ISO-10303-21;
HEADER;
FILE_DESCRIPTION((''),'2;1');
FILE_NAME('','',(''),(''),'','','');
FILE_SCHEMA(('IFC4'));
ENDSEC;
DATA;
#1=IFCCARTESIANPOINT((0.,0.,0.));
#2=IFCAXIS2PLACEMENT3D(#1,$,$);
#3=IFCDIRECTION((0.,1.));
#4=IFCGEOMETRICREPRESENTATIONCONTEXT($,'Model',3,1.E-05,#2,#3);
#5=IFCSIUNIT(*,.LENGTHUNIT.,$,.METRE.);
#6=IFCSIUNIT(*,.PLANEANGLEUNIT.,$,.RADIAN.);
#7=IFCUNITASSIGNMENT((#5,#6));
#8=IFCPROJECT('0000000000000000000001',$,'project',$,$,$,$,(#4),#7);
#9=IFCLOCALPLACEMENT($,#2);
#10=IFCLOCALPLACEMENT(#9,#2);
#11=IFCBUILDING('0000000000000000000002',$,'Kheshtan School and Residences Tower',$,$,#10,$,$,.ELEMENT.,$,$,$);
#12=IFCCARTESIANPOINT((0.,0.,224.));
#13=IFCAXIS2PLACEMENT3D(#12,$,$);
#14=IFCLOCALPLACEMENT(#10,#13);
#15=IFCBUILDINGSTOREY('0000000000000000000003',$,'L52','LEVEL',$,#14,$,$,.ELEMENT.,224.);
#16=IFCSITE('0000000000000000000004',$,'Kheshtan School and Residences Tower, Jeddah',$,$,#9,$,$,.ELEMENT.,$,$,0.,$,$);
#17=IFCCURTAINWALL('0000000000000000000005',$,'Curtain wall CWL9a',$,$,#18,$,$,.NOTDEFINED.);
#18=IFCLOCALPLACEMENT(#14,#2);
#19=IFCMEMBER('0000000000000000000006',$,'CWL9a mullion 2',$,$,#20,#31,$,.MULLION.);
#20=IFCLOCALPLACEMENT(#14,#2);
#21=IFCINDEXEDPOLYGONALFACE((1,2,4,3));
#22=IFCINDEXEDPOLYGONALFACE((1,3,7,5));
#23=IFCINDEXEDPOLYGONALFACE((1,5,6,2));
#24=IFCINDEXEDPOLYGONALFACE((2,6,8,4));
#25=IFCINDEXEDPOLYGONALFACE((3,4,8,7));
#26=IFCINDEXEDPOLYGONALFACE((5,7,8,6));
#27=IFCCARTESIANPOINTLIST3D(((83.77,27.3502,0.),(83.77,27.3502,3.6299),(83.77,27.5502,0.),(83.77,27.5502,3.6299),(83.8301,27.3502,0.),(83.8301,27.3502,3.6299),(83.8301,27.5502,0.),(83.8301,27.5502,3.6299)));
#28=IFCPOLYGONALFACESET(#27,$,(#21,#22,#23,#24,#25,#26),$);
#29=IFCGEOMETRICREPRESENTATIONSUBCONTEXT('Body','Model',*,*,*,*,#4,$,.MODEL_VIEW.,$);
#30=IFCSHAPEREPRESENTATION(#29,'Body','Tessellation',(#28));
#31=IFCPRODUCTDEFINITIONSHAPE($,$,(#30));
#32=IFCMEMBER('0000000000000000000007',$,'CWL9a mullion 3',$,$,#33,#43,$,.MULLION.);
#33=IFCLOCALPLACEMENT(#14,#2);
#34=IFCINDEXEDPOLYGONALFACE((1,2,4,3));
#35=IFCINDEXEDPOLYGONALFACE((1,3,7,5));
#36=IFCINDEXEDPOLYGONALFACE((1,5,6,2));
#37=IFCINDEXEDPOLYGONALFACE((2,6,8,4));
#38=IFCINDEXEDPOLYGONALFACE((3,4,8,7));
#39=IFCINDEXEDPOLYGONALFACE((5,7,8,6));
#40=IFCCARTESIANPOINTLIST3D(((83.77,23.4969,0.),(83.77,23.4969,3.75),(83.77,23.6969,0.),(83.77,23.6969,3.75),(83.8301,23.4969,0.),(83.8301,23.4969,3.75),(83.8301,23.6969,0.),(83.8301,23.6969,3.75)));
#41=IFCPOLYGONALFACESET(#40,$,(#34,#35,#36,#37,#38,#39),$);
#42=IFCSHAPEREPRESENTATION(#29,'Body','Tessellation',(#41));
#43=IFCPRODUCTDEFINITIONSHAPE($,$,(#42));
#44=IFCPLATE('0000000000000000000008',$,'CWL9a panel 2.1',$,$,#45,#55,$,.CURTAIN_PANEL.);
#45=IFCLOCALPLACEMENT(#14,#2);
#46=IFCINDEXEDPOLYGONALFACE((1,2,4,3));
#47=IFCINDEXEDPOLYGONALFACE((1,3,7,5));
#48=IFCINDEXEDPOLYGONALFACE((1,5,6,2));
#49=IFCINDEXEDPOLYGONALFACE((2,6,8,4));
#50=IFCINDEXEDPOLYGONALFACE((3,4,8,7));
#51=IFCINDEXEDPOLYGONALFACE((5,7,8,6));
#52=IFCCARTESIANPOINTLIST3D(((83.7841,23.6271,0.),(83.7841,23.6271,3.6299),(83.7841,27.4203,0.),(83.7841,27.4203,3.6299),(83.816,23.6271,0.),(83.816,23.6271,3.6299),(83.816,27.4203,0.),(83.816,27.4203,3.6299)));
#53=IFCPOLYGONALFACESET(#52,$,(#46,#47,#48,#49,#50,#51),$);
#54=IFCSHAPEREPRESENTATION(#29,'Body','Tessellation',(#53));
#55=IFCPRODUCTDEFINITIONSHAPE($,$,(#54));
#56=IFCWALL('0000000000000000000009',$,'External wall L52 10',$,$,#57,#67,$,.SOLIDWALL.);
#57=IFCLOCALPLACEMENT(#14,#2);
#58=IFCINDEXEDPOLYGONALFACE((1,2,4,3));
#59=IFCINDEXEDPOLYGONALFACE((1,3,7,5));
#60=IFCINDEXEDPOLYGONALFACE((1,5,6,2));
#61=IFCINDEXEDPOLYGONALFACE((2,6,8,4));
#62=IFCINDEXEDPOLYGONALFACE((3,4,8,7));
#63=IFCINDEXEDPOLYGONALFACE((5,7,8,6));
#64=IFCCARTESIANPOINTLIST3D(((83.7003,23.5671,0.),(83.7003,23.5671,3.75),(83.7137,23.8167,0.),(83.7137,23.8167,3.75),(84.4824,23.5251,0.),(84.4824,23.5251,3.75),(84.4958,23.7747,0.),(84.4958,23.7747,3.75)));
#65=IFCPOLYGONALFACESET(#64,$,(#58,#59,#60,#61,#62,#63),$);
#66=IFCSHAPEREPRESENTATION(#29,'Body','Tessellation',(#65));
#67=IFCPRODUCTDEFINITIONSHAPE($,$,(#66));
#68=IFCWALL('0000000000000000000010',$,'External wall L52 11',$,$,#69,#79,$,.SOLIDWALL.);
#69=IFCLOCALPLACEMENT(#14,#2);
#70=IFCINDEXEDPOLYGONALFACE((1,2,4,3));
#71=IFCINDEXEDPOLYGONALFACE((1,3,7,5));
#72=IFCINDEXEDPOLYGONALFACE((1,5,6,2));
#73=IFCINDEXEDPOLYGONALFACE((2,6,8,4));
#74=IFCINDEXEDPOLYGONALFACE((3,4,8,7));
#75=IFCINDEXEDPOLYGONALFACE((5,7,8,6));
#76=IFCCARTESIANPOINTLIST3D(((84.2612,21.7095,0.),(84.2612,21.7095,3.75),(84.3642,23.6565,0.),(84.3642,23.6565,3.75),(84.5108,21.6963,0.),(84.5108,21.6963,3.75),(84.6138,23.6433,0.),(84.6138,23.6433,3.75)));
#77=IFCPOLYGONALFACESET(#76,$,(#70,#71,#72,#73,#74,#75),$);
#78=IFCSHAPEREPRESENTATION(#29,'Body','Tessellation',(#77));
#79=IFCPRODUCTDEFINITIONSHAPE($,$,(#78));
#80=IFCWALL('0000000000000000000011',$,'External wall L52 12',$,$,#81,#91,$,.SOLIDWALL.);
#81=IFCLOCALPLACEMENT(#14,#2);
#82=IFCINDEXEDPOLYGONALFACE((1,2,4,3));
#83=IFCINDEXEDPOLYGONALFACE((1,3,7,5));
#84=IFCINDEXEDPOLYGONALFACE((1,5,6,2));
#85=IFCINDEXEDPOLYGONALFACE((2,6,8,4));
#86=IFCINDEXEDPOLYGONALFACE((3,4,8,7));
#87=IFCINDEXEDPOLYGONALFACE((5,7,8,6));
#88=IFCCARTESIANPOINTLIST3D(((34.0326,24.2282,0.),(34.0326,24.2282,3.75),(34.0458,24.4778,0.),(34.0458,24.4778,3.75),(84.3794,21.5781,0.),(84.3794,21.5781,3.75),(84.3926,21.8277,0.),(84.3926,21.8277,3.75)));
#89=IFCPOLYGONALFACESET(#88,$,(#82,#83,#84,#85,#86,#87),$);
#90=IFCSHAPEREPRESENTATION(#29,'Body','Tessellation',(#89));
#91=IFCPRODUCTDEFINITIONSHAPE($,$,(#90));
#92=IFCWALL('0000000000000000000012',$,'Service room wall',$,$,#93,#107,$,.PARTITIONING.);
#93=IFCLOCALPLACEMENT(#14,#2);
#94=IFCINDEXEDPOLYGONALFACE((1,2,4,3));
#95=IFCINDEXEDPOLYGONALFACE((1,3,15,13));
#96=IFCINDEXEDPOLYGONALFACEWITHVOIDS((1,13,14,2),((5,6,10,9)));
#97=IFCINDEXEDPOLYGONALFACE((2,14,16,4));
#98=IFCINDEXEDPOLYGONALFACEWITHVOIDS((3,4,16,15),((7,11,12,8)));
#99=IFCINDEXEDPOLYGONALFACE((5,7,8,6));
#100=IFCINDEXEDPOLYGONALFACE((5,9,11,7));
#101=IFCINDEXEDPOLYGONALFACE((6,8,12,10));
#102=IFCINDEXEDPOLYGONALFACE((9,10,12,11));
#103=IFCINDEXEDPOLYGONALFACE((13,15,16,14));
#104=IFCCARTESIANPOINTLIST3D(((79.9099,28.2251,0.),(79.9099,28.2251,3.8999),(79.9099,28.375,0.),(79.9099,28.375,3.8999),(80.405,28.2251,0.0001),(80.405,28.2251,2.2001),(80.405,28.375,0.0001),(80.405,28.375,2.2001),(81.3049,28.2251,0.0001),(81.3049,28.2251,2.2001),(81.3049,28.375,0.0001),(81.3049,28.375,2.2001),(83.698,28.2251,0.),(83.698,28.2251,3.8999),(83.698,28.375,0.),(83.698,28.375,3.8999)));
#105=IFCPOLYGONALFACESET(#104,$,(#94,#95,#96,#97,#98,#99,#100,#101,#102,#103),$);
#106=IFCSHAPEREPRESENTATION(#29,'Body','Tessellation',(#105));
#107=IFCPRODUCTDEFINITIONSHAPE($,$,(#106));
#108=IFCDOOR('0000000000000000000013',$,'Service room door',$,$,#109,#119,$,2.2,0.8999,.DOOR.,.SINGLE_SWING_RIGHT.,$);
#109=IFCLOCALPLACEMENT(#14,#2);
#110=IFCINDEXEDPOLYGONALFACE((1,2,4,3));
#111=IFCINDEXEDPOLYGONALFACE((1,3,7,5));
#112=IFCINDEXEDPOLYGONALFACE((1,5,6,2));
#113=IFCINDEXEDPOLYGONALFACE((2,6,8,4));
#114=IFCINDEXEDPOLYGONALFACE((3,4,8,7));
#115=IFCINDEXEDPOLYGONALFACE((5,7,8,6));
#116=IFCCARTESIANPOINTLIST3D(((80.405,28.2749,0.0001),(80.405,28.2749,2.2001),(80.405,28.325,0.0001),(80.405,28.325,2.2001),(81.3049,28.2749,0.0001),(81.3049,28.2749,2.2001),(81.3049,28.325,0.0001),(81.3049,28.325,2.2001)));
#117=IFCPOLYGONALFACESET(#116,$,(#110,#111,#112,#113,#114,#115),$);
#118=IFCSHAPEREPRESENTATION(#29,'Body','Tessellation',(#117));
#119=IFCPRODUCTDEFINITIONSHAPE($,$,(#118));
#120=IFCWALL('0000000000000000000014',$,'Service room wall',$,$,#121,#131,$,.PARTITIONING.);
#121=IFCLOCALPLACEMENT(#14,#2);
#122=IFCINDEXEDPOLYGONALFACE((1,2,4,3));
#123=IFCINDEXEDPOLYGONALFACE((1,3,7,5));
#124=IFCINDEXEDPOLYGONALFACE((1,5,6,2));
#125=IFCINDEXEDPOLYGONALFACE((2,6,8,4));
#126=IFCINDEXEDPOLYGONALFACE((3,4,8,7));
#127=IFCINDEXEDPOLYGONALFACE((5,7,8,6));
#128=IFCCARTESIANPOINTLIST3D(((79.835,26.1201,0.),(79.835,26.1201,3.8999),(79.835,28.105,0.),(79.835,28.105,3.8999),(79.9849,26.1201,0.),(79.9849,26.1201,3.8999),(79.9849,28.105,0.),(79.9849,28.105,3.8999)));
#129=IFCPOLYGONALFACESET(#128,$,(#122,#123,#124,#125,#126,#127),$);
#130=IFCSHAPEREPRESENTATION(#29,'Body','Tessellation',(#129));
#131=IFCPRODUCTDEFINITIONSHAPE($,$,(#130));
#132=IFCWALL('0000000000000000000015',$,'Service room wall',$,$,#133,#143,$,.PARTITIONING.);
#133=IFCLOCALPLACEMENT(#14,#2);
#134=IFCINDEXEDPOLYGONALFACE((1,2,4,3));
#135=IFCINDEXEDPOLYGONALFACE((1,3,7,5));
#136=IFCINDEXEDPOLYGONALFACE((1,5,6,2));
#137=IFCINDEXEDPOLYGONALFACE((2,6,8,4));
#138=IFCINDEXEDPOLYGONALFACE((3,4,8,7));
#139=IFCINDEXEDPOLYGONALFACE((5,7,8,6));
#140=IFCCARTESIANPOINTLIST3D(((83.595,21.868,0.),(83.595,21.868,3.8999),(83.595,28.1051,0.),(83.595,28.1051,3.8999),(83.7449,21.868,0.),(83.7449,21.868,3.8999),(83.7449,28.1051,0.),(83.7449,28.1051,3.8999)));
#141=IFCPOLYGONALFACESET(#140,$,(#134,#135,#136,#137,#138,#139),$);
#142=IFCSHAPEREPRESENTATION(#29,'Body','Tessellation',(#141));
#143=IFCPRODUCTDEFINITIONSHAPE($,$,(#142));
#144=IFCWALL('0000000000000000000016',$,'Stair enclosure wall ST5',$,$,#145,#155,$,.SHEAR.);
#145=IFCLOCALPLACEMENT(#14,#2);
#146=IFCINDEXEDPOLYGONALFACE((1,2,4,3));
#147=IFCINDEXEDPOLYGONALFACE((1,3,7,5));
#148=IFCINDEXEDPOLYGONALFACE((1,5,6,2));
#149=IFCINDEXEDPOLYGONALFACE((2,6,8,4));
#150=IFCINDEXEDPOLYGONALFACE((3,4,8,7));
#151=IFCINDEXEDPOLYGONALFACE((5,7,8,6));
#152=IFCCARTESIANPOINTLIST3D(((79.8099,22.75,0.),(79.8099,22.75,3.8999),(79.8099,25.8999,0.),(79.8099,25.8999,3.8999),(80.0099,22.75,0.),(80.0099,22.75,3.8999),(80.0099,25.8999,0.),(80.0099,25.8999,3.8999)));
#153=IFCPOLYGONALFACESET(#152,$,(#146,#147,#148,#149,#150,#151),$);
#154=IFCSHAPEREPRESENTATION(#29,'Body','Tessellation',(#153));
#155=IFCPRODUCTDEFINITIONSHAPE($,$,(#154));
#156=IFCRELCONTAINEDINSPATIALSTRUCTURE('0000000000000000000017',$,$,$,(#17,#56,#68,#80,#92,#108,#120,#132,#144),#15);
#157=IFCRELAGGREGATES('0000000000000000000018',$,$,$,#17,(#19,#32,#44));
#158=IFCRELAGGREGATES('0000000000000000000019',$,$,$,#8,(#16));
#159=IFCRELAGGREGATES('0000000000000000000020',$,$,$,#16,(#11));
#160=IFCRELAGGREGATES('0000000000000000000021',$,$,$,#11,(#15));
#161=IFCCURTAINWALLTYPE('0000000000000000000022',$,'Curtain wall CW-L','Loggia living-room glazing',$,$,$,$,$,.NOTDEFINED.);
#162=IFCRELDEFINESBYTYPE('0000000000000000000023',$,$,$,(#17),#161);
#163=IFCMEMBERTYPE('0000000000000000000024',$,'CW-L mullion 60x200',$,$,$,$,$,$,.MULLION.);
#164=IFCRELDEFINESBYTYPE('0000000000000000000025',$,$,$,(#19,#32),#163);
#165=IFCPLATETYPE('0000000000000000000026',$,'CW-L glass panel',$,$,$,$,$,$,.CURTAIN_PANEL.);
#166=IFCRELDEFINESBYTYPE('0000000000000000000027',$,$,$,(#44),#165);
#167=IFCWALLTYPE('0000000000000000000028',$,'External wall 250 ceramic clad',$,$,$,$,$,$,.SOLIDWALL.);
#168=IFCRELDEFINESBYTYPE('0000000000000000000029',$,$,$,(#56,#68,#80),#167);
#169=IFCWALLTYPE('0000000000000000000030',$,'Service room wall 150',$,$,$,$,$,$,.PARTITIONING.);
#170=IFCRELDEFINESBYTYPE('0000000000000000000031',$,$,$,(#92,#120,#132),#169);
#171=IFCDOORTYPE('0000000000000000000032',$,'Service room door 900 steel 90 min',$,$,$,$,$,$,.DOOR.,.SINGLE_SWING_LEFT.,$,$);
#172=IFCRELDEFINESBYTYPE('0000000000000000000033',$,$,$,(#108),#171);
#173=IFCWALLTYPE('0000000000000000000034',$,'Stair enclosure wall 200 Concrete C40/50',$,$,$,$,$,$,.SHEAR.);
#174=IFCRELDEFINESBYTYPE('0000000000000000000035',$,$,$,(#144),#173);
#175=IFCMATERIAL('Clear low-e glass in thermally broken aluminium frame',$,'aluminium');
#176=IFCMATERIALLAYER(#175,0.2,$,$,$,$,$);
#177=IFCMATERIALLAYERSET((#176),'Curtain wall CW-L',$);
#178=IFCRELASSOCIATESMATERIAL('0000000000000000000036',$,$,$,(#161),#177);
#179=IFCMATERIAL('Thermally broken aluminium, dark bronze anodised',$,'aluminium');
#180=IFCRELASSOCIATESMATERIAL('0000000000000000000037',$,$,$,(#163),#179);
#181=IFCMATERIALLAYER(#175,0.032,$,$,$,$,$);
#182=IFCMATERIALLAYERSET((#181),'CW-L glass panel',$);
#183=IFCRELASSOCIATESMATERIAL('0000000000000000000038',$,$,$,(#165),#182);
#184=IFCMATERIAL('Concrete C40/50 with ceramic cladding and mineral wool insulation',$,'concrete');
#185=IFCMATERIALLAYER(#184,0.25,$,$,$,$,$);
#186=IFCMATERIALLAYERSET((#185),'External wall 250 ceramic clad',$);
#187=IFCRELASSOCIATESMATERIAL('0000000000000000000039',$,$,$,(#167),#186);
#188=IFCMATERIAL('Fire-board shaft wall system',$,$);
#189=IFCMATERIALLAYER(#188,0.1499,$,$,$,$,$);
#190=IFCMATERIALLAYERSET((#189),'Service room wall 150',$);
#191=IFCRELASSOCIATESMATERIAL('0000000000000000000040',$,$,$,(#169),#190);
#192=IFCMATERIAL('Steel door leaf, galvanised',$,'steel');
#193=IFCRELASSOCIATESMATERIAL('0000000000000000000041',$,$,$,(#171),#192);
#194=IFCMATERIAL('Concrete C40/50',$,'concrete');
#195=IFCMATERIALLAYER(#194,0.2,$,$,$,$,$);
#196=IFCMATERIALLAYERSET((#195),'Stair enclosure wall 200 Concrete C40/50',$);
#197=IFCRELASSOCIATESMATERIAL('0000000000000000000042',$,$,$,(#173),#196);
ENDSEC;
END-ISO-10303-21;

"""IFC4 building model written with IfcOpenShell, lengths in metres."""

from ifc_helpers import new_model, si_unit, direction, frame, frame_2d, origin, origin_2d, place, context, subcontext, project, spatial, rectangle, extrude, source, transform, mapped, material, layer, layer_set, material_profile, profile_set, type_object, element, fill, aggregate, save


model = new_model("IFC4")

# Units and contexts
model_context = context("Model", 3, precision=1e-05, world=origin(), true_north=direction((0.0, 1.0)))
body_context = subcontext(model_context, "Body", "Model", "MODEL_VIEW")
ifc_project = project(units=[si_unit("LENGTHUNIT", "METRE"), si_unit("PLANEANGLEUNIT", "RADIAN")], contexts=[model_context])

# Site, building, storey
site_placement = place(None, origin())
site = spatial("IfcSite", under=ifc_project, at=site_placement, Name="Kheshtan School and Residences Tower, Jeddah", CompositionType="ELEMENT", RefElevation=0.0)
building_placement = place(site_placement, origin())
building = spatial("IfcBuilding", under=site, at=building_placement, Name="Kheshtan School and Residences Tower", CompositionType="ELEMENT")
storey_placement = place(building_placement, frame((0.0, 0.0, 224.0)))
storey = spatial("IfcBuildingStorey", under=building, at=storey_placement, Name="L52", Description="LEVEL", CompositionType="ELEMENT", Elevation=224.0)

# Curtain wall, members, plate
ifc_material_1 = material(Name="Clear low-e glass in thermally broken aluminium frame", Category="aluminium")
ifc_layer_1 = layer(ifc_material_1, 0.2)
ifc_layer_set_1 = layer_set([ifc_layer_1], Name="Curtain wall CW-L")
curtain_wall_type = type_object("IfcCurtainWallType", Name="Curtain wall CW-L", Description="Loggia living-room glazing", PredefinedType="NOTDEFINED", material=ifc_layer_set_1)
curtain_wall_placement = place(storey_placement, origin())
curtain_wall = element("IfcCurtainWall", 1, at=curtain_wall_placement, inside=storey, type_object=curtain_wall_type, Name="Curtain wall CWL9a", PredefinedType="NOTDEFINED")
ifc_material_2 = material(Name="Thermally broken aluminium, dark bronze anodised", Category="aluminium")
ifc_material_profile_1 = material_profile(ifc_material_2, rectangle(XDim=0.0601, YDim=0.2, at=origin_2d()), Name="CW-L mullion 60x200")
ifc_profile_set_1 = profile_set([ifc_material_profile_1], Name="Thermally broken aluminium, dark bronze anodised")
member_type = type_object("IfcMemberType", Name="CW-L mullion 60x200", PredefinedType="MULLION", material=ifc_profile_set_1)
member_1_placement = place(storey_placement, frame((83.8, 27.4502, 0.0), z_axis=(0.0, 0.0, 1.0), x_axis=(1.0, 0.0, 0.0)))
member_1 = element("IfcMember", 2, at=member_1_placement, type_object=member_type, Name="CWL9a mullion 2", PredefinedType="MULLION", context=body_context, shape_type="SweptSolid", body=[
    extrude(rectangle(XDim=0.0601, YDim=0.2, at=origin_2d()), origin(), (0.0, 0.0, 1.0), 3.6299),
])
member_2_placement = place(storey_placement, frame((83.8, 23.5969, 0.0), z_axis=(0.0, 0.0, 1.0), x_axis=(1.0, 0.0, 0.0)))
member_2 = element("IfcMember", 3, at=member_2_placement, type_object=member_type, Name="CWL9a mullion 3", PredefinedType="MULLION", context=body_context, shape_type="SweptSolid", body=[
    extrude(rectangle(XDim=0.0601, YDim=0.2, at=origin_2d()), origin(), (0.0, 0.0, 1.0), 3.75),
])
ifc_layer_2 = layer(ifc_material_1, 0.032)
ifc_layer_set_2 = layer_set([ifc_layer_2], Name="CW-L glass panel")
plate_type = type_object("IfcPlateType", Name="CW-L glass panel", PredefinedType="CURTAIN_PANEL", material=ifc_layer_set_2)
plate_placement = place(storey_placement, frame((83.8, 25.5237, 0.0), z_axis=(0.0, 0.0, 1.0), x_axis=(0.0, -1.0, 0.0)))
plate = element("IfcPlate", 4, at=plate_placement, type_object=plate_type, Name="CWL9a panel 2.1", PredefinedType="CURTAIN_PANEL", context=body_context, shape_type="SweptSolid", body=[
    extrude(rectangle(XDim=3.7932, YDim=0.032, at=origin_2d()), origin(), (0.0, 0.0, 1.0), 3.6299),
])
aggregate(curtain_wall, [member_1, member_2, plate])

# Walls
ifc_material_3 = material(Name="Concrete C40/50 with ceramic cladding and mineral wool insulation", Category="concrete")
ifc_layer_3 = layer(ifc_material_3, 0.25)
ifc_layer_set_3 = layer_set([ifc_layer_3], Name="External wall 250 ceramic clad")
wall_type_1 = type_object("IfcWallType", Name="External wall 250 ceramic clad", PredefinedType="SOLIDWALL", material=ifc_layer_set_3)
wall_1_placement = place(storey_placement, frame((83.707, 23.6919, 0.0), z_axis=(0.0, 0.0, 1.0), x_axis=(0.998561, -0.053622, 0.0)))
element("IfcWall", 5, at=wall_1_placement, inside=storey, type_object=wall_type_1, Name="External wall L52 10", PredefinedType="SOLIDWALL", context=body_context, shape_type="SweptSolid", body=[
    extrude(rectangle(XDim=0.7832, YDim=0.25, at=frame_2d((0.3916, 0.0))), origin(), (0.0, 0.0, 1.0), 3.75),
])
wall_2_placement = place(storey_placement, frame((84.489, 23.6499, 0.0), z_axis=(0.0, 0.0, 1.0), x_axis=(-0.052841, -0.998603, 0.0)))
element("IfcWall", 6, at=wall_2_placement, inside=storey, type_object=wall_type_1, Name="External wall L52 11", PredefinedType="SOLIDWALL", context=body_context, shape_type="SweptSolid", body=[
    extrude(rectangle(XDim=1.9497, YDim=0.25, at=frame_2d((0.9749, 0.0))), origin(), (0.0, 0.0, 1.0), 3.75),
])
wall_3_placement = place(storey_placement, frame((84.386, 21.7029, 0.0), z_axis=(0.0, 0.0, 1.0), x_axis=(-0.998618, 0.052565, 0.0)))
element("IfcWall", 7, at=wall_3_placement, inside=storey, type_object=wall_type_1, Name="External wall L52 12", PredefinedType="SOLIDWALL", context=body_context, shape_type="SweptSolid", body=[
    extrude(rectangle(XDim=50.4165, YDim=0.25, at=frame_2d((25.2083, 0.0))), origin(), (0.0, 0.0, 1.0), 3.75),
])

# Wall, opening, door
ifc_material_4 = material(Name="Fire-board shaft wall system")
ifc_layer_4 = layer(ifc_material_4, 0.1499)
ifc_layer_set_4 = layer_set([ifc_layer_4], Name="Service room wall 150")
wall_type_2 = type_object("IfcWallType", Name="Service room wall 150", PredefinedType="PARTITIONING", material=ifc_layer_set_4)
wall_4_placement = place(storey_placement, frame((79.9099, 28.3, 0.0), z_axis=(0.0, 0.0, 1.0), x_axis=(1.0, 0.0, 0.0)))
wall_4 = element("IfcWall", 8, at=wall_4_placement, inside=storey, type_object=wall_type_2, Name="Service room wall", PredefinedType="PARTITIONING", context=body_context, shape_type="SweptSolid", body=[
    extrude(rectangle(XDim=3.7881, YDim=0.1499, at=frame_2d((1.894, 0.0))), origin(), (0.0, 0.0, 1.0), 3.8999),
])
opening_placement = place(wall_4_placement, frame((0.4951, 0.0, 0.0)))
opening = element("IfcOpeningElement", 9, at=opening_placement, cuts=wall_4, PredefinedType="OPENING", context=body_context, shape_type="SweptSolid", body=[
    extrude(rectangle(XDim=0.8999, YDim=2.2, at=frame_2d((0.45, 1.1001))), frame((0.0, 0.085, 0.0), z_axis=(0.0, -1.0, 0.0), x_axis=(1.0, 0.0, 0.0)), (0.0, 0.0, 1.0), 0.1699),
])
ifc_material_5 = material(Name="Steel door leaf, galvanised", Category="steel")
door_type = type_object("IfcDoorType", Name="Service room door 900 steel 90 min", OperationType="SINGLE_SWING_LEFT", PredefinedType="DOOR", material=ifc_material_5)
shared_shape = source(origin(), body_context, "Body", "SweptSolid", [
    extrude(rectangle(XDim=0.8999, YDim=2.2, at=frame_2d((0.45, 1.1001))), frame((0.0, 0.0249, 0.0), z_axis=(0.0, -1.0, 0.0), x_axis=(1.0, 0.0, 0.0)), (0.0, 0.0, 1.0), 0.05),
])
door_placement = place(opening_placement, origin())
door = element("IfcDoor", 10, at=door_placement, inside=storey, type_object=door_type, Name="Service room door", OperationType="SINGLE_SWING_RIGHT", OverallHeight=2.2, OverallWidth=0.8999, PredefinedType="DOOR", context=body_context, shape_type="MappedRepresentation", body=[
    mapped(shared_shape, transform((0.0, 0.0, 0.0), x_axis=(1.0, 0.0, 0.0), y_axis=(0.0, 1.0, 0.0), z_axis=(0.0, 0.0, 1.0), scale=1.0)),
])
fill(opening, door)

# Walls
wall_5_placement = place(storey_placement, frame((79.9099, 26.1201, 0.0), z_axis=(0.0, 0.0, 1.0), x_axis=(0.0, 1.0, 0.0)))
element("IfcWall", 11, at=wall_5_placement, inside=storey, type_object=wall_type_2, Name="Service room wall", PredefinedType="PARTITIONING", context=body_context, shape_type="SweptSolid", body=[
    extrude(rectangle(XDim=1.9849, YDim=0.1499, at=frame_2d((0.9924, 0.0))), origin(), (0.0, 0.0, 1.0), 3.8999),
])
wall_6_placement = place(storey_placement, frame((83.6699, 21.8679, 0.0), z_axis=(0.0, 0.0, 1.0), x_axis=(0.0, 1.0, 0.0)))
element("IfcWall", 12, at=wall_6_placement, inside=storey, type_object=wall_type_2, Name="Service room wall", PredefinedType="PARTITIONING", context=body_context, shape_type="SweptSolid", body=[
    extrude(rectangle(XDim=6.2371, YDim=0.1499, at=frame_2d((3.1187, 0.0))), origin(), (0.0, 0.0, 1.0), 3.8999),
])
ifc_material_6 = material(Name="Concrete C40/50", Category="concrete")
ifc_layer_5 = layer(ifc_material_6, 0.2)
ifc_layer_set_5 = layer_set([ifc_layer_5], Name="Stair enclosure wall 200 Concrete C40/50")
wall_type_3 = type_object("IfcWallType", Name="Stair enclosure wall 200 Concrete C40/50", PredefinedType="SHEAR", material=ifc_layer_set_5)
wall_7_placement = place(storey_placement, frame((79.9099, 22.75, 0.0), z_axis=(0.0, 0.0, 1.0), x_axis=(0.0, 1.0, 0.0)))
element("IfcWall", 13, at=wall_7_placement, inside=storey, type_object=wall_type_3, Name="Stair enclosure wall ST5", PredefinedType="SHEAR", context=body_context, shape_type="SweptSolid", body=[
    extrude(rectangle(XDim=3.1499, YDim=0.2, at=frame_2d((1.575, 0.0))), origin(), (0.0, 0.0, 1.0), 3.8999),
])

save(model, "model.ifc")
